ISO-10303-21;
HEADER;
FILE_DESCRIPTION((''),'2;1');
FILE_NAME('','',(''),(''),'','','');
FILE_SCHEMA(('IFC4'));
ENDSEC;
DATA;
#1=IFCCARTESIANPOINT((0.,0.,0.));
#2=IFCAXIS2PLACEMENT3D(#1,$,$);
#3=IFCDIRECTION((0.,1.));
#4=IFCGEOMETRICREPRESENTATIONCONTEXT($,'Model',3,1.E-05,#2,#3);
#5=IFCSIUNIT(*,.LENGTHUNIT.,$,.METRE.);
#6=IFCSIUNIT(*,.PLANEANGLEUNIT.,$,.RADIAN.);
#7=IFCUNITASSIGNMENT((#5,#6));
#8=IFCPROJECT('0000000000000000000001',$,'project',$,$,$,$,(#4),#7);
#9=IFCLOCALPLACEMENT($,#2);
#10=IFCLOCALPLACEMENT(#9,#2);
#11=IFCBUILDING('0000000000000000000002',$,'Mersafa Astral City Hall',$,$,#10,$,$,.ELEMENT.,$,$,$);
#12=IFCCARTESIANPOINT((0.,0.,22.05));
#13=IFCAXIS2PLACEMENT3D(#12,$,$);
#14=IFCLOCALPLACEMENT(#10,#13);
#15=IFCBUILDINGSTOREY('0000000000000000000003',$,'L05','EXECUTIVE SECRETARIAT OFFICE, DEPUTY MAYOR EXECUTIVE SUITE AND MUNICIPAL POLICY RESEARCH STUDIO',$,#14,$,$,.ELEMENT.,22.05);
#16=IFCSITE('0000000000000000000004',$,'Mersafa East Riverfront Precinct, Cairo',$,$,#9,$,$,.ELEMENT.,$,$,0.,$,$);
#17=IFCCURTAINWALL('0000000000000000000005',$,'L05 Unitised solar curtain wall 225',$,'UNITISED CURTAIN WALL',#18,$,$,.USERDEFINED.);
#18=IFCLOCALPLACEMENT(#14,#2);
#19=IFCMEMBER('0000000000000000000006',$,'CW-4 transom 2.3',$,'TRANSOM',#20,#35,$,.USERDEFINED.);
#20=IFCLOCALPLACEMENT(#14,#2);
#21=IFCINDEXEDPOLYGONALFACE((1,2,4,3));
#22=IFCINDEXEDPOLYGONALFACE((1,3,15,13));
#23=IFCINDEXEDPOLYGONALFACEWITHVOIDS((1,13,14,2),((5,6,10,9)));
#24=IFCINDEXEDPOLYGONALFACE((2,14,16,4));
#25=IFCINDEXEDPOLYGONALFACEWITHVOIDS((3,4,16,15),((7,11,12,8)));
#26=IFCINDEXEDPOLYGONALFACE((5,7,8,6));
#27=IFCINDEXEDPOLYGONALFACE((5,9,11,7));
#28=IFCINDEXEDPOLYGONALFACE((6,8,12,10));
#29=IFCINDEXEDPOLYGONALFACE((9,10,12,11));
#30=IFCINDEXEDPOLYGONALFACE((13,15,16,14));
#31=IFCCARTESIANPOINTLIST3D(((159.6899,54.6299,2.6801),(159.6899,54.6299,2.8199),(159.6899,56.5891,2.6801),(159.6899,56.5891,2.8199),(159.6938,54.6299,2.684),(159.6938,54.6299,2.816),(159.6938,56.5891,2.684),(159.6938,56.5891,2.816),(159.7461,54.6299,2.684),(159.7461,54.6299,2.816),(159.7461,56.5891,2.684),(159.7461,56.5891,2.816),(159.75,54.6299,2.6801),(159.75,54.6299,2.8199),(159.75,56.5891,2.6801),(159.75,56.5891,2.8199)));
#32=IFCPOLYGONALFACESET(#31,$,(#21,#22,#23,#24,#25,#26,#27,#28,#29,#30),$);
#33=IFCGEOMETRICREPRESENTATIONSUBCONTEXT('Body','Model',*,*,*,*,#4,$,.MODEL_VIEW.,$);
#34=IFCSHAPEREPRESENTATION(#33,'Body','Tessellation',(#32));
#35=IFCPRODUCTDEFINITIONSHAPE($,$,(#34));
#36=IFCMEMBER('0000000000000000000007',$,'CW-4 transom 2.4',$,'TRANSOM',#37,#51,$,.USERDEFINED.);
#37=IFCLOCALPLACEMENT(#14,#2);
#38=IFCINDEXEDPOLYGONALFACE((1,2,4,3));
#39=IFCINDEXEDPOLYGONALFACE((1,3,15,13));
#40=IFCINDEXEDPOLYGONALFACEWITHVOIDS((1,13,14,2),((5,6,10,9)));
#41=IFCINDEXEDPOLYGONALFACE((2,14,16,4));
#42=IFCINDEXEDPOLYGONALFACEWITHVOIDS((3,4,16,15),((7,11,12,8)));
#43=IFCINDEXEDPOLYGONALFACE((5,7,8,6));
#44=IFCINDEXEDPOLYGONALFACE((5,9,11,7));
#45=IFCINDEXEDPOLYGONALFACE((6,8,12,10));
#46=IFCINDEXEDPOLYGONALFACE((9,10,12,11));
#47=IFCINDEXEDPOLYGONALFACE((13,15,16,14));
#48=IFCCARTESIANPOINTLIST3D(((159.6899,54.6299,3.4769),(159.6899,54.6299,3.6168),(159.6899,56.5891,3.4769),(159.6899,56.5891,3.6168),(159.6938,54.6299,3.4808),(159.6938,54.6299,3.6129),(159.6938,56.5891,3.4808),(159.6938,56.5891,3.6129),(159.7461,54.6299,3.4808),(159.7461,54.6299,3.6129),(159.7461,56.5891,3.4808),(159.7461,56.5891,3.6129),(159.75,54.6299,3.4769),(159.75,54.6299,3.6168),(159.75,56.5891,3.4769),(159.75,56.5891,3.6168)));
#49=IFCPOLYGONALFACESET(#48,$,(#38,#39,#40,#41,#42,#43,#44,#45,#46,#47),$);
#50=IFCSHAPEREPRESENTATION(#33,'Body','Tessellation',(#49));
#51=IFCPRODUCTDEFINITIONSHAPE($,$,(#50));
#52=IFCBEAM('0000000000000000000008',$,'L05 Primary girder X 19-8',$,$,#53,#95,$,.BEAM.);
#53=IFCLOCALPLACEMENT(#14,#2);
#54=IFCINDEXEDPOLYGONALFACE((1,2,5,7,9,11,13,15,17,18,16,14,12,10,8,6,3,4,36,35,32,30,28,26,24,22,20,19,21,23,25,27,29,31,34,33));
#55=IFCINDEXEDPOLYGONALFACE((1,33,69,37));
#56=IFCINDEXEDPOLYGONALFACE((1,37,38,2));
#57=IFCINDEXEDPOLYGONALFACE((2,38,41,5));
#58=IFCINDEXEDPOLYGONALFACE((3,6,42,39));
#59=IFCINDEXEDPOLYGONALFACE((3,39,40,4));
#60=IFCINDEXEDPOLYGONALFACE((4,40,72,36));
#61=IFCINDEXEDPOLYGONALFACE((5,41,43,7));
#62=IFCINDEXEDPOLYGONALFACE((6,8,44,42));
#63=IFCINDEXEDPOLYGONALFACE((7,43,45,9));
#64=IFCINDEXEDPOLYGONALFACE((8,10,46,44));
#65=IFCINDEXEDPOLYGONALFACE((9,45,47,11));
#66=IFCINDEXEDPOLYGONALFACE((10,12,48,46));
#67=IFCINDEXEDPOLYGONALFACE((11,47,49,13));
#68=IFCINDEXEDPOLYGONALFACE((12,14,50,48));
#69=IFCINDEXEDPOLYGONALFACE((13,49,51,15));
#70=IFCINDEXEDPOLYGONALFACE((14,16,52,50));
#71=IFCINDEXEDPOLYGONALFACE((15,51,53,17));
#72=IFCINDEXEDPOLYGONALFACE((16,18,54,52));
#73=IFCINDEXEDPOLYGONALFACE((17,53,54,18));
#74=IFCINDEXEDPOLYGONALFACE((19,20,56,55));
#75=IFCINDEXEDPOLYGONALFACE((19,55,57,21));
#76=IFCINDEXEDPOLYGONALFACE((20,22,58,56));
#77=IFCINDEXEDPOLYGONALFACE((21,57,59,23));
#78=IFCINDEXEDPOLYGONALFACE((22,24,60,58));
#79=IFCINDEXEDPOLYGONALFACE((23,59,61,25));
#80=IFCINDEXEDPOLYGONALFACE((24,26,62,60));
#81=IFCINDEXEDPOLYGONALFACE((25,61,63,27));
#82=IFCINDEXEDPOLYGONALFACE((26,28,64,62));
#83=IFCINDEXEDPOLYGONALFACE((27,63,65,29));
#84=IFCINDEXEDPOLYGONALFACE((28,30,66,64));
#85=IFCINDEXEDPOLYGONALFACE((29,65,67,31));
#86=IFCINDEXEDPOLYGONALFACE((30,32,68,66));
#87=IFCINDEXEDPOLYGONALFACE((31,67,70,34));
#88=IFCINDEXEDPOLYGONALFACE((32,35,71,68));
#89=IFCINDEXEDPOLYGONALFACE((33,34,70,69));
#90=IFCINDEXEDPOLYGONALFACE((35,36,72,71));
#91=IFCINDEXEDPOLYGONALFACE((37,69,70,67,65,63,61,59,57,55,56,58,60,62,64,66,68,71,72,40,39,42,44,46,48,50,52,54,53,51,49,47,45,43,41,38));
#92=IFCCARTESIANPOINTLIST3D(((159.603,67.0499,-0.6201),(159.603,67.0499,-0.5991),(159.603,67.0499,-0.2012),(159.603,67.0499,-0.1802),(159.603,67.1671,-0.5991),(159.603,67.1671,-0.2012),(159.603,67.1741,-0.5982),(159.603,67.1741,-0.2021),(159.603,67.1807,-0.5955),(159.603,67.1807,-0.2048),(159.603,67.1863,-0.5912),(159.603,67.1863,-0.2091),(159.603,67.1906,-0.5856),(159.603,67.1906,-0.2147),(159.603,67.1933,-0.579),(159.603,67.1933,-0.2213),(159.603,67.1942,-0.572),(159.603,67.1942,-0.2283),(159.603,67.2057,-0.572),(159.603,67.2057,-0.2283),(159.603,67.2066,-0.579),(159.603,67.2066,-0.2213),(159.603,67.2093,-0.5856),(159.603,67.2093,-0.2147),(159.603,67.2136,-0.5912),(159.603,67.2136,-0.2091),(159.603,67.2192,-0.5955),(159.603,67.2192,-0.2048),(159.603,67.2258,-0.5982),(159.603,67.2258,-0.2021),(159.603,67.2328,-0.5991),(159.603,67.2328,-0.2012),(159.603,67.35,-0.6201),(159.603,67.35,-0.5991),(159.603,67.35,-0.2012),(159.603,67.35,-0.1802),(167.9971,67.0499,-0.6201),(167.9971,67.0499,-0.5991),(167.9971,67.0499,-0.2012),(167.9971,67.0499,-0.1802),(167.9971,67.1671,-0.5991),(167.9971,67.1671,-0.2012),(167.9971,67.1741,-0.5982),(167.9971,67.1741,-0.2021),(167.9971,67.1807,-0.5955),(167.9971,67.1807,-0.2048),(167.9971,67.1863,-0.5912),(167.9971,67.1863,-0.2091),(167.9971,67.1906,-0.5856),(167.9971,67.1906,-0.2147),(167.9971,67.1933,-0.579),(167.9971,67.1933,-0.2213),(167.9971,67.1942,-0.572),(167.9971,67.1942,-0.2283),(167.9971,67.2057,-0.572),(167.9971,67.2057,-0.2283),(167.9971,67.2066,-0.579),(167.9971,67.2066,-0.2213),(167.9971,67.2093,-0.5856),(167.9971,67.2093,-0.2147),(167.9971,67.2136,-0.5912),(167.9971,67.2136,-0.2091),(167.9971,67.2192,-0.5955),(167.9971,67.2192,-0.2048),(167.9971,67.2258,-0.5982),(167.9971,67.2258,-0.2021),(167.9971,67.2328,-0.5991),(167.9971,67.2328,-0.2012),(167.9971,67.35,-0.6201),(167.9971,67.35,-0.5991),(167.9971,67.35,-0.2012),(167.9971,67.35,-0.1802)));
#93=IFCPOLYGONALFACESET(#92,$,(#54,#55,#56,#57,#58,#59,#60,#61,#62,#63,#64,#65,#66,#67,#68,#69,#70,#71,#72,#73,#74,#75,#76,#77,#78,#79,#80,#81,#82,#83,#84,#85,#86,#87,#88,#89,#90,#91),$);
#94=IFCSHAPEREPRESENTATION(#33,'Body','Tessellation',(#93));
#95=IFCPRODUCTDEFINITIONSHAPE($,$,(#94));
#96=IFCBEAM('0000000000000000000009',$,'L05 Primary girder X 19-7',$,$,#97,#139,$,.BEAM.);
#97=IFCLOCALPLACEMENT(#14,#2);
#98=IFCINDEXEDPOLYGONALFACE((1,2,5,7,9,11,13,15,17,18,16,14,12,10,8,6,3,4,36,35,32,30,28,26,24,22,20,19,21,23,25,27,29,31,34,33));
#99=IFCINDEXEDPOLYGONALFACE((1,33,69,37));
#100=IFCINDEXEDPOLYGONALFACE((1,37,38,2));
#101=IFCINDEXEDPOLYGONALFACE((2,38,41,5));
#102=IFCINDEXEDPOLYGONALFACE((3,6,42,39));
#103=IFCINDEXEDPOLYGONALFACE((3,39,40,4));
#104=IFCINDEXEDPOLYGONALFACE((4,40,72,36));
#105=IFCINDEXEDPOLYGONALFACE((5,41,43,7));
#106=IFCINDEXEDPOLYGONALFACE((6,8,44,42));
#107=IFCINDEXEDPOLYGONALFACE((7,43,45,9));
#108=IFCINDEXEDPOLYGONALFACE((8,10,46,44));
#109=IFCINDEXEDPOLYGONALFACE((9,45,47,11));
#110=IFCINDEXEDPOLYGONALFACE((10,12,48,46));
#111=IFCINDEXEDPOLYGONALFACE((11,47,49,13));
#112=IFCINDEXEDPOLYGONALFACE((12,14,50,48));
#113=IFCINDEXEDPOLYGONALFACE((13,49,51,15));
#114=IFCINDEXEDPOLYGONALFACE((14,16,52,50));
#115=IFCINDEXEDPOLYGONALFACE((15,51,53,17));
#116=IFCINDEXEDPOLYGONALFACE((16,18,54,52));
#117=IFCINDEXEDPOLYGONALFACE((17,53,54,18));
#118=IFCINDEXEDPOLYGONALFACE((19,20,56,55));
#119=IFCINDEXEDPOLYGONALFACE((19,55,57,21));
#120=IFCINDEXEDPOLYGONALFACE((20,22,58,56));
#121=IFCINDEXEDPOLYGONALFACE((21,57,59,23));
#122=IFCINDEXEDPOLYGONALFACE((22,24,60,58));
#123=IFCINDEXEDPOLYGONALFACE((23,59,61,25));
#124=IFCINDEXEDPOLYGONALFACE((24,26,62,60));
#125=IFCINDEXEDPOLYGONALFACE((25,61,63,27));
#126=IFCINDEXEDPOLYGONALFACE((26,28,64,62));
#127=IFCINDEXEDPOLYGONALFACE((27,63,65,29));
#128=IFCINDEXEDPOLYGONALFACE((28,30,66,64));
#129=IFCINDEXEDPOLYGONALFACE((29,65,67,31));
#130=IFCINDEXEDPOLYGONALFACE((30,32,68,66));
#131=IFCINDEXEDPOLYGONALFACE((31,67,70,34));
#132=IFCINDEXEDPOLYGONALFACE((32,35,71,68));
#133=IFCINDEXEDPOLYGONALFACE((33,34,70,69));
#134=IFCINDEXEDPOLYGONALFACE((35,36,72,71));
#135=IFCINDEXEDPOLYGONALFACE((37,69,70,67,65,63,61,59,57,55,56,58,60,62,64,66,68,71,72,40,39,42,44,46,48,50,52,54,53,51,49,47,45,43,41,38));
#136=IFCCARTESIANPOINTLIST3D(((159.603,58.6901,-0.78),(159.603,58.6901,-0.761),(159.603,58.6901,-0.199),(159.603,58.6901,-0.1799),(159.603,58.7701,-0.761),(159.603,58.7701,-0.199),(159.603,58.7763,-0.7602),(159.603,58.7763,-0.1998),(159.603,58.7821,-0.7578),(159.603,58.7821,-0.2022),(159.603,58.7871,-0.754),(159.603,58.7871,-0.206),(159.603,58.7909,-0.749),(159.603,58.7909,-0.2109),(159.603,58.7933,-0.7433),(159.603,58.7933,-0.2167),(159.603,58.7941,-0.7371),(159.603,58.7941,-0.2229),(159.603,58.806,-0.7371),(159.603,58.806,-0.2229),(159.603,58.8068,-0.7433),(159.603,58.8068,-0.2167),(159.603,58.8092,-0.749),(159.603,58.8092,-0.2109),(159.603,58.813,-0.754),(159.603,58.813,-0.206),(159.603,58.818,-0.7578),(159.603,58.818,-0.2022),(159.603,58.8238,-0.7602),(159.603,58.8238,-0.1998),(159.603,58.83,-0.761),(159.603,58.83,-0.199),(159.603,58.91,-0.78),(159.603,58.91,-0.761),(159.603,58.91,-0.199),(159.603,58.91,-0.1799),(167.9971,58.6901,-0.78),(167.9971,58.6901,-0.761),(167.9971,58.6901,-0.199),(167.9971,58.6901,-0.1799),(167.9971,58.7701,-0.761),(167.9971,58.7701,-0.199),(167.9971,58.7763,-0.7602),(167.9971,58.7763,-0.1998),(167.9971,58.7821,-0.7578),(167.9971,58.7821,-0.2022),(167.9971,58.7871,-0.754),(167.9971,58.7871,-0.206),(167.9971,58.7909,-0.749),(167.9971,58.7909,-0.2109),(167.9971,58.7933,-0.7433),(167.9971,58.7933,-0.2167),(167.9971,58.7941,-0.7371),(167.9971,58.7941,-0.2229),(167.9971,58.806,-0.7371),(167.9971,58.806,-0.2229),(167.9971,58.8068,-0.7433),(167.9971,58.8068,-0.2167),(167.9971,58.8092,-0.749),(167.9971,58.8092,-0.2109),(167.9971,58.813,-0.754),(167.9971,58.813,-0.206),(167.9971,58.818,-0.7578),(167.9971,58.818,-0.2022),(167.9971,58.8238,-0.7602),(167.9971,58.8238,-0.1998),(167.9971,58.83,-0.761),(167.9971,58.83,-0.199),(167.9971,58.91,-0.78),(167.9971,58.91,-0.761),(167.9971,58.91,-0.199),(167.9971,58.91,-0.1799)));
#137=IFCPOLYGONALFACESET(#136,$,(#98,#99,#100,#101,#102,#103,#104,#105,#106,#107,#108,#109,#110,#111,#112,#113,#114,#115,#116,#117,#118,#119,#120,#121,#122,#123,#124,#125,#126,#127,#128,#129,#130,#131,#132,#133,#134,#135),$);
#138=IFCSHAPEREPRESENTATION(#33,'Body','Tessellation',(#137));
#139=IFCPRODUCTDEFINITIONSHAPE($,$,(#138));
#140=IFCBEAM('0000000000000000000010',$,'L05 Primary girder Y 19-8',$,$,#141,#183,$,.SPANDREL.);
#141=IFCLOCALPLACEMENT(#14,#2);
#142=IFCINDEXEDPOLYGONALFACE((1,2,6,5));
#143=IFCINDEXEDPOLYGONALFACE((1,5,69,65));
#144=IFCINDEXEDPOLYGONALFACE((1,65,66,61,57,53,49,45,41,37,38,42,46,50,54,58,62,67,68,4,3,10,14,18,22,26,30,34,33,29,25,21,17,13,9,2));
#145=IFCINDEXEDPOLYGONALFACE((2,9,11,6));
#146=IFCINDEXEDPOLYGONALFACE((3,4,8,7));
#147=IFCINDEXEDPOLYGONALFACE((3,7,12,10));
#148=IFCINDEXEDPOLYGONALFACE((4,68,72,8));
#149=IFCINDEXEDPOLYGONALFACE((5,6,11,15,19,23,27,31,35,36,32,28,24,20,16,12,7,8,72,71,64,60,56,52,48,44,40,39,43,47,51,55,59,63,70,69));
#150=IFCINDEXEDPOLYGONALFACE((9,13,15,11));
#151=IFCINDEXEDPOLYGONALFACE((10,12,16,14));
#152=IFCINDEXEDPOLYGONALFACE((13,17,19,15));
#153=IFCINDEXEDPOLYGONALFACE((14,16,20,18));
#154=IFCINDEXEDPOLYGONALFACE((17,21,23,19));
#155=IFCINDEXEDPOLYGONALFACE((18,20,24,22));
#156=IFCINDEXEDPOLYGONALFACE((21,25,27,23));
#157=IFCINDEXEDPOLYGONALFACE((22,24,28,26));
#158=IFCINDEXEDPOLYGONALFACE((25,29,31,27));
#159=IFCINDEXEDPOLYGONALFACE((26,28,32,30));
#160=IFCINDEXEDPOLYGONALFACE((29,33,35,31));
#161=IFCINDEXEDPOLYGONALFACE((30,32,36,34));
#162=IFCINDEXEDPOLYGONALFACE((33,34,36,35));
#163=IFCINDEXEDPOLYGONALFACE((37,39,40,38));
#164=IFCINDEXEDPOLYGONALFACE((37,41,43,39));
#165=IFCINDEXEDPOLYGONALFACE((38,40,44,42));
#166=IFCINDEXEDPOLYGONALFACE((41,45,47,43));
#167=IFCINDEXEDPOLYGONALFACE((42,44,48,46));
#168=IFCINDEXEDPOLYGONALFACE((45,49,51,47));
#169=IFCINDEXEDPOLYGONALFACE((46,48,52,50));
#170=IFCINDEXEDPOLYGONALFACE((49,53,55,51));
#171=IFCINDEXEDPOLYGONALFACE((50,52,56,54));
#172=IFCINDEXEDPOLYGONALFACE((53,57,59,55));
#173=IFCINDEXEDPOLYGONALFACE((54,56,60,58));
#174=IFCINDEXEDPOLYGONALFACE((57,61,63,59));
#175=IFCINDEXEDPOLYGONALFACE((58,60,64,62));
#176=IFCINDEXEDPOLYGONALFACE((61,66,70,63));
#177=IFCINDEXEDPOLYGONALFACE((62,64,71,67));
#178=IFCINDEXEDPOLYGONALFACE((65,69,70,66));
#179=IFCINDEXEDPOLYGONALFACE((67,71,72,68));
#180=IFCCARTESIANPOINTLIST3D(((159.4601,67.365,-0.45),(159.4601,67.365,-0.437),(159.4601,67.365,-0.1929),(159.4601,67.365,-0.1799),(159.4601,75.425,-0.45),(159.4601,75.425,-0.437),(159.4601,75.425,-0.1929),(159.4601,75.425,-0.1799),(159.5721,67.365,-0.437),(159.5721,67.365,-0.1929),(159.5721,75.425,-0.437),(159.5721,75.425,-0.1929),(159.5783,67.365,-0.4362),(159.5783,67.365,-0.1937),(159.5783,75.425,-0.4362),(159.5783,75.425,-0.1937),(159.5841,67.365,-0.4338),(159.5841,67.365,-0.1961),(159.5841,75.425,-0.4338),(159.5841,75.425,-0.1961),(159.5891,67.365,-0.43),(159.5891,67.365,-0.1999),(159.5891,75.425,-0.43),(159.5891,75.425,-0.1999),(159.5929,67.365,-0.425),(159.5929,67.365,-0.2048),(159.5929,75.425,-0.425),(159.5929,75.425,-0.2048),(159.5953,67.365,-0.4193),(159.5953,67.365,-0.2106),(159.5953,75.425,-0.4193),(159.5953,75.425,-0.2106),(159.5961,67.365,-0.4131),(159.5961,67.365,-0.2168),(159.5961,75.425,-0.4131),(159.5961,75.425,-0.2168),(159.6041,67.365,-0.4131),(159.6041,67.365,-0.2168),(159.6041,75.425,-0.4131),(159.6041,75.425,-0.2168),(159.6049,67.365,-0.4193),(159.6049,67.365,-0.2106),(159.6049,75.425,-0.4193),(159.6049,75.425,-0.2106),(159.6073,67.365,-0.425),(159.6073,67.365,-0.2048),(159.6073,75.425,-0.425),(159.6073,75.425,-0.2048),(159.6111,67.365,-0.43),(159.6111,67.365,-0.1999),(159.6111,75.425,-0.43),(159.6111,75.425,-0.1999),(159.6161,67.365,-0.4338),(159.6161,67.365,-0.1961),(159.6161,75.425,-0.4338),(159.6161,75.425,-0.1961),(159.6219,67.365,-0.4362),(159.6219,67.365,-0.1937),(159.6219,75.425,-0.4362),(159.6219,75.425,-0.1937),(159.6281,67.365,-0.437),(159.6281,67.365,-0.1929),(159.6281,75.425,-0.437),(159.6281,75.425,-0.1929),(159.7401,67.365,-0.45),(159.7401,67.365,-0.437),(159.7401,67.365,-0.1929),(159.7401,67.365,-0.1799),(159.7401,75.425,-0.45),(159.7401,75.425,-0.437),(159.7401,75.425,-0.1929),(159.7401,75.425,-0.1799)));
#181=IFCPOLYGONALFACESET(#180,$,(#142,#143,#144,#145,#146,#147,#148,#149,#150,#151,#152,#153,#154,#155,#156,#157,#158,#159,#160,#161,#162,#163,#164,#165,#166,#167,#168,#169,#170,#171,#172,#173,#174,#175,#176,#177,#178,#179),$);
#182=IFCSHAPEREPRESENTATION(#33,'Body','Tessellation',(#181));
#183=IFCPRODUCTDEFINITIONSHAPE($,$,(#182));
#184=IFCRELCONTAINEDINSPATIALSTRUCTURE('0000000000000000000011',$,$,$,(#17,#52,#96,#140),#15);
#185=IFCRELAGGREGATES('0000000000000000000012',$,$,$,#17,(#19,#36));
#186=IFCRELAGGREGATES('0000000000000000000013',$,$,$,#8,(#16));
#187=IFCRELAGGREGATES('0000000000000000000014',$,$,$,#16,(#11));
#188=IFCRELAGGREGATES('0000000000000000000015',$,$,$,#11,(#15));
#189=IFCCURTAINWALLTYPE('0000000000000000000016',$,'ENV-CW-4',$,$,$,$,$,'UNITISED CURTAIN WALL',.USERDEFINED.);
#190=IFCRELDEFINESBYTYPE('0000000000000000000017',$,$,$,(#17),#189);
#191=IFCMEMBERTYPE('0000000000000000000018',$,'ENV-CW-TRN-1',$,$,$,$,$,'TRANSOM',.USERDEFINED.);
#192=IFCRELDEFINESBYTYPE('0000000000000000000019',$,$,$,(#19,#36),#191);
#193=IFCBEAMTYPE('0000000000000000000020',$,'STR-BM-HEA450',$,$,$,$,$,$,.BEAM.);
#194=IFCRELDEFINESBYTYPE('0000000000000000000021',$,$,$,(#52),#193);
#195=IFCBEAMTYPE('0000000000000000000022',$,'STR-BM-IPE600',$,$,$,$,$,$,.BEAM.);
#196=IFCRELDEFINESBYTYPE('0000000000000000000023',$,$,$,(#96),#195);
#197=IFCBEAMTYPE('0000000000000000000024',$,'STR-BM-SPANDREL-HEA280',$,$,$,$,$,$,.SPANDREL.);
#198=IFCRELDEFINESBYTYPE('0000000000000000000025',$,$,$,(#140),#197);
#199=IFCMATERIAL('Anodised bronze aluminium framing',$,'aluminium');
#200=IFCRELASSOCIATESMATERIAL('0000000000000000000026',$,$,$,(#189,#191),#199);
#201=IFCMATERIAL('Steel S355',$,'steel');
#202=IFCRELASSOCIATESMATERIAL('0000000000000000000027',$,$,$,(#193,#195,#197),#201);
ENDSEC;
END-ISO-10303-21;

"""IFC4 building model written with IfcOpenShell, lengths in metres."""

from ifc_helpers import new_model, si_unit, direction, frame, origin, origin_2d, place, context, subcontext, project, spatial, hollow_rectangle, i_section, extrude, material, material_profile, profile_set, type_object, element, aggregate, save


model = new_model("IFC4")

# Units and contexts
model_context = context("Model", 3, precision=1e-05, world=origin(), true_north=direction((0.0, 1.0)))
body_context = subcontext(model_context, "Body", "Model", "MODEL_VIEW")
ifc_project = project(units=[si_unit("LENGTHUNIT", "METRE"), si_unit("PLANEANGLEUNIT", "RADIAN")], contexts=[model_context])

# Site, building, storey
site_placement = place(None, origin())
site = spatial("IfcSite", under=ifc_project, at=site_placement, Name="Mersafa East Riverfront Precinct, Cairo", CompositionType="ELEMENT", RefElevation=0.0)
building_placement = place(site_placement, origin())
building = spatial("IfcBuilding", under=site, at=building_placement, Name="Mersafa Astral City Hall", CompositionType="ELEMENT")
storey_placement = place(building_placement, frame((0.0, 0.0, 22.05)))
storey = spatial("IfcBuildingStorey", under=building, at=storey_placement, Name="L05", Description="EXECUTIVE SECRETARIAT OFFICE, DEPUTY MAYOR EXECUTIVE SUITE AND MUNICIPAL POLICY RESEARCH STUDIO", CompositionType="ELEMENT", Elevation=22.05)

# Shared definitions
ifc_material_1 = material(Name="Steel S355", Category="steel")

# Curtain wall, members
ifc_material_2 = material(Name="Anodised bronze aluminium framing", Category="aluminium")
curtain_wall_type = type_object("IfcCurtainWallType", Name="ENV-CW-4", ElementType="UNITISED CURTAIN WALL", PredefinedType="USERDEFINED", material=ifc_material_2)
curtain_wall_placement = place(storey_placement, origin())
curtain_wall = element("IfcCurtainWall", 1, at=curtain_wall_placement, inside=storey, type_object=curtain_wall_type, Name="L05 Unitised solar curtain wall 225", ObjectType="UNITISED CURTAIN WALL", PredefinedType="USERDEFINED")
ifc_material_profile_1 = material_profile(ifc_material_2, hollow_rectangle(XDim=0.0601, YDim=0.1399, WallThickness=0.0039, at=origin_2d()), Name="RHS 60x140x4")
ifc_profile_set_1 = profile_set([ifc_material_profile_1], Name="Anodised bronze aluminium framing")
member_type_1 = type_object("IfcMemberType", Name="ENV-CW-TRN-1", ElementType="TRANSOM", PredefinedType="USERDEFINED", material=ifc_profile_set_1)
member_1_placement = place(storey_placement, frame((159.72, 56.5891, 2.75), z_axis=(0.0, -1.0, 0.0), x_axis=(1.0, 0.0, 0.0)))
member_1 = element("IfcMember", 2, at=member_1_placement, type_object=member_type_1, Name="CW-4 transom 2.3", ObjectType="TRANSOM", PredefinedType="USERDEFINED", context=body_context, shape_type="SweptSolid", body=[
    extrude(hollow_rectangle(XDim=0.0601, YDim=0.1399, WallThickness=0.0039, at=origin_2d()), origin(), (0.0, 0.0, 1.0), 1.9592),
])
member_2_placement = place(storey_placement, frame((159.72, 56.5891, 3.5469), z_axis=(0.0, -1.0, 0.0), x_axis=(1.0, 0.0, 0.0)))
member_2 = element("IfcMember", 3, at=member_2_placement, type_object=member_type_1, Name="CW-4 transom 2.4", ObjectType="TRANSOM", PredefinedType="USERDEFINED", context=body_context, shape_type="SweptSolid", body=[
    extrude(hollow_rectangle(XDim=0.0601, YDim=0.1399, WallThickness=0.0039, at=origin_2d()), origin(), (0.0, 0.0, 1.0), 1.9592),
])

# Beams
ifc_material_profile_2 = material_profile(ifc_material_1, i_section(OverallWidth=0.3, OverallDepth=0.4399, WebThickness=0.0115, FlangeThickness=0.021, FilletRadius=0.0271, at=origin_2d()), Name="HEA 450")
ifc_profile_set_2 = profile_set([ifc_material_profile_2], Name="Steel S355")
beam_type_1 = type_object("IfcBeamType", Name="STR-BM-HEA450", PredefinedType="BEAM", material=ifc_profile_set_2)
beam_1_placement = place(storey_placement, frame((159.603, 67.2, -0.4001), z_axis=(1.0, 0.0, 0.0), x_axis=(0.0, 1.0, 0.0)))
element("IfcBeam", 4, at=beam_1_placement, inside=storey, type_object=beam_type_1, Name="L05 Primary girder X 19-8", PredefinedType="BEAM", context=body_context, shape_type="SweptSolid", body=[
    extrude(i_section(OverallWidth=0.3, OverallDepth=0.4399, WebThickness=0.0115, FlangeThickness=0.021, FilletRadius=0.0271, at=origin_2d()), origin(), (0.0, 0.0, 1.0), 8.394),
])
ifc_material_profile_3 = material_profile(ifc_material_1, i_section(OverallWidth=0.22, OverallDepth=0.6001, WebThickness=0.012, FlangeThickness=0.019, FilletRadius=0.0239, at=origin_2d()), Name="IPE 600")
ifc_profile_set_3 = profile_set([ifc_material_profile_3], Name="Steel S355")
beam_type_2 = type_object("IfcBeamType", Name="STR-BM-IPE600", PredefinedType="BEAM", material=ifc_profile_set_3)
beam_2_placement = place(storey_placement, frame((159.603, 58.8, -0.48), z_axis=(1.0, 0.0, 0.0), x_axis=(0.0, 1.0, 0.0)))
element("IfcBeam", 5, at=beam_2_placement, inside=storey, type_object=beam_type_2, Name="L05 Primary girder X 19-7", PredefinedType="BEAM", context=body_context, shape_type="SweptSolid", body=[
    extrude(i_section(OverallWidth=0.22, OverallDepth=0.6001, WebThickness=0.012, FlangeThickness=0.019, FilletRadius=0.0239, at=origin_2d()), origin(), (0.0, 0.0, 1.0), 8.394),
])
ifc_material_profile_4 = material_profile(ifc_material_1, i_section(OverallWidth=0.28, OverallDepth=0.27, WebThickness=0.0081, FlangeThickness=0.0129, FilletRadius=0.0239, at=origin_2d()), Name="HEA 280")
ifc_profile_set_4 = profile_set([ifc_material_profile_4], Name="Steel S355")
beam_type_3 = type_object("IfcBeamType", Name="STR-BM-SPANDREL-HEA280", PredefinedType="SPANDREL", material=ifc_profile_set_4)
beam_3_placement = place(storey_placement, frame((159.6001, 67.365, -0.3149), z_axis=(0.0, 1.0, 0.0), x_axis=(-1.0, 0.0, 0.0)))
element("IfcBeam", 6, at=beam_3_placement, inside=storey, type_object=beam_type_3, Name="L05 Primary girder Y 19-8", PredefinedType="SPANDREL", context=body_context, shape_type="SweptSolid", body=[
    extrude(i_section(OverallWidth=0.28, OverallDepth=0.27, WebThickness=0.0081, FlangeThickness=0.0129, FilletRadius=0.0239, at=origin_2d()), origin(), (0.0, 0.0, 1.0), 8.0601),
])

aggregate(curtain_wall, [member_1, member_2])

save(model, "model.ifc")
